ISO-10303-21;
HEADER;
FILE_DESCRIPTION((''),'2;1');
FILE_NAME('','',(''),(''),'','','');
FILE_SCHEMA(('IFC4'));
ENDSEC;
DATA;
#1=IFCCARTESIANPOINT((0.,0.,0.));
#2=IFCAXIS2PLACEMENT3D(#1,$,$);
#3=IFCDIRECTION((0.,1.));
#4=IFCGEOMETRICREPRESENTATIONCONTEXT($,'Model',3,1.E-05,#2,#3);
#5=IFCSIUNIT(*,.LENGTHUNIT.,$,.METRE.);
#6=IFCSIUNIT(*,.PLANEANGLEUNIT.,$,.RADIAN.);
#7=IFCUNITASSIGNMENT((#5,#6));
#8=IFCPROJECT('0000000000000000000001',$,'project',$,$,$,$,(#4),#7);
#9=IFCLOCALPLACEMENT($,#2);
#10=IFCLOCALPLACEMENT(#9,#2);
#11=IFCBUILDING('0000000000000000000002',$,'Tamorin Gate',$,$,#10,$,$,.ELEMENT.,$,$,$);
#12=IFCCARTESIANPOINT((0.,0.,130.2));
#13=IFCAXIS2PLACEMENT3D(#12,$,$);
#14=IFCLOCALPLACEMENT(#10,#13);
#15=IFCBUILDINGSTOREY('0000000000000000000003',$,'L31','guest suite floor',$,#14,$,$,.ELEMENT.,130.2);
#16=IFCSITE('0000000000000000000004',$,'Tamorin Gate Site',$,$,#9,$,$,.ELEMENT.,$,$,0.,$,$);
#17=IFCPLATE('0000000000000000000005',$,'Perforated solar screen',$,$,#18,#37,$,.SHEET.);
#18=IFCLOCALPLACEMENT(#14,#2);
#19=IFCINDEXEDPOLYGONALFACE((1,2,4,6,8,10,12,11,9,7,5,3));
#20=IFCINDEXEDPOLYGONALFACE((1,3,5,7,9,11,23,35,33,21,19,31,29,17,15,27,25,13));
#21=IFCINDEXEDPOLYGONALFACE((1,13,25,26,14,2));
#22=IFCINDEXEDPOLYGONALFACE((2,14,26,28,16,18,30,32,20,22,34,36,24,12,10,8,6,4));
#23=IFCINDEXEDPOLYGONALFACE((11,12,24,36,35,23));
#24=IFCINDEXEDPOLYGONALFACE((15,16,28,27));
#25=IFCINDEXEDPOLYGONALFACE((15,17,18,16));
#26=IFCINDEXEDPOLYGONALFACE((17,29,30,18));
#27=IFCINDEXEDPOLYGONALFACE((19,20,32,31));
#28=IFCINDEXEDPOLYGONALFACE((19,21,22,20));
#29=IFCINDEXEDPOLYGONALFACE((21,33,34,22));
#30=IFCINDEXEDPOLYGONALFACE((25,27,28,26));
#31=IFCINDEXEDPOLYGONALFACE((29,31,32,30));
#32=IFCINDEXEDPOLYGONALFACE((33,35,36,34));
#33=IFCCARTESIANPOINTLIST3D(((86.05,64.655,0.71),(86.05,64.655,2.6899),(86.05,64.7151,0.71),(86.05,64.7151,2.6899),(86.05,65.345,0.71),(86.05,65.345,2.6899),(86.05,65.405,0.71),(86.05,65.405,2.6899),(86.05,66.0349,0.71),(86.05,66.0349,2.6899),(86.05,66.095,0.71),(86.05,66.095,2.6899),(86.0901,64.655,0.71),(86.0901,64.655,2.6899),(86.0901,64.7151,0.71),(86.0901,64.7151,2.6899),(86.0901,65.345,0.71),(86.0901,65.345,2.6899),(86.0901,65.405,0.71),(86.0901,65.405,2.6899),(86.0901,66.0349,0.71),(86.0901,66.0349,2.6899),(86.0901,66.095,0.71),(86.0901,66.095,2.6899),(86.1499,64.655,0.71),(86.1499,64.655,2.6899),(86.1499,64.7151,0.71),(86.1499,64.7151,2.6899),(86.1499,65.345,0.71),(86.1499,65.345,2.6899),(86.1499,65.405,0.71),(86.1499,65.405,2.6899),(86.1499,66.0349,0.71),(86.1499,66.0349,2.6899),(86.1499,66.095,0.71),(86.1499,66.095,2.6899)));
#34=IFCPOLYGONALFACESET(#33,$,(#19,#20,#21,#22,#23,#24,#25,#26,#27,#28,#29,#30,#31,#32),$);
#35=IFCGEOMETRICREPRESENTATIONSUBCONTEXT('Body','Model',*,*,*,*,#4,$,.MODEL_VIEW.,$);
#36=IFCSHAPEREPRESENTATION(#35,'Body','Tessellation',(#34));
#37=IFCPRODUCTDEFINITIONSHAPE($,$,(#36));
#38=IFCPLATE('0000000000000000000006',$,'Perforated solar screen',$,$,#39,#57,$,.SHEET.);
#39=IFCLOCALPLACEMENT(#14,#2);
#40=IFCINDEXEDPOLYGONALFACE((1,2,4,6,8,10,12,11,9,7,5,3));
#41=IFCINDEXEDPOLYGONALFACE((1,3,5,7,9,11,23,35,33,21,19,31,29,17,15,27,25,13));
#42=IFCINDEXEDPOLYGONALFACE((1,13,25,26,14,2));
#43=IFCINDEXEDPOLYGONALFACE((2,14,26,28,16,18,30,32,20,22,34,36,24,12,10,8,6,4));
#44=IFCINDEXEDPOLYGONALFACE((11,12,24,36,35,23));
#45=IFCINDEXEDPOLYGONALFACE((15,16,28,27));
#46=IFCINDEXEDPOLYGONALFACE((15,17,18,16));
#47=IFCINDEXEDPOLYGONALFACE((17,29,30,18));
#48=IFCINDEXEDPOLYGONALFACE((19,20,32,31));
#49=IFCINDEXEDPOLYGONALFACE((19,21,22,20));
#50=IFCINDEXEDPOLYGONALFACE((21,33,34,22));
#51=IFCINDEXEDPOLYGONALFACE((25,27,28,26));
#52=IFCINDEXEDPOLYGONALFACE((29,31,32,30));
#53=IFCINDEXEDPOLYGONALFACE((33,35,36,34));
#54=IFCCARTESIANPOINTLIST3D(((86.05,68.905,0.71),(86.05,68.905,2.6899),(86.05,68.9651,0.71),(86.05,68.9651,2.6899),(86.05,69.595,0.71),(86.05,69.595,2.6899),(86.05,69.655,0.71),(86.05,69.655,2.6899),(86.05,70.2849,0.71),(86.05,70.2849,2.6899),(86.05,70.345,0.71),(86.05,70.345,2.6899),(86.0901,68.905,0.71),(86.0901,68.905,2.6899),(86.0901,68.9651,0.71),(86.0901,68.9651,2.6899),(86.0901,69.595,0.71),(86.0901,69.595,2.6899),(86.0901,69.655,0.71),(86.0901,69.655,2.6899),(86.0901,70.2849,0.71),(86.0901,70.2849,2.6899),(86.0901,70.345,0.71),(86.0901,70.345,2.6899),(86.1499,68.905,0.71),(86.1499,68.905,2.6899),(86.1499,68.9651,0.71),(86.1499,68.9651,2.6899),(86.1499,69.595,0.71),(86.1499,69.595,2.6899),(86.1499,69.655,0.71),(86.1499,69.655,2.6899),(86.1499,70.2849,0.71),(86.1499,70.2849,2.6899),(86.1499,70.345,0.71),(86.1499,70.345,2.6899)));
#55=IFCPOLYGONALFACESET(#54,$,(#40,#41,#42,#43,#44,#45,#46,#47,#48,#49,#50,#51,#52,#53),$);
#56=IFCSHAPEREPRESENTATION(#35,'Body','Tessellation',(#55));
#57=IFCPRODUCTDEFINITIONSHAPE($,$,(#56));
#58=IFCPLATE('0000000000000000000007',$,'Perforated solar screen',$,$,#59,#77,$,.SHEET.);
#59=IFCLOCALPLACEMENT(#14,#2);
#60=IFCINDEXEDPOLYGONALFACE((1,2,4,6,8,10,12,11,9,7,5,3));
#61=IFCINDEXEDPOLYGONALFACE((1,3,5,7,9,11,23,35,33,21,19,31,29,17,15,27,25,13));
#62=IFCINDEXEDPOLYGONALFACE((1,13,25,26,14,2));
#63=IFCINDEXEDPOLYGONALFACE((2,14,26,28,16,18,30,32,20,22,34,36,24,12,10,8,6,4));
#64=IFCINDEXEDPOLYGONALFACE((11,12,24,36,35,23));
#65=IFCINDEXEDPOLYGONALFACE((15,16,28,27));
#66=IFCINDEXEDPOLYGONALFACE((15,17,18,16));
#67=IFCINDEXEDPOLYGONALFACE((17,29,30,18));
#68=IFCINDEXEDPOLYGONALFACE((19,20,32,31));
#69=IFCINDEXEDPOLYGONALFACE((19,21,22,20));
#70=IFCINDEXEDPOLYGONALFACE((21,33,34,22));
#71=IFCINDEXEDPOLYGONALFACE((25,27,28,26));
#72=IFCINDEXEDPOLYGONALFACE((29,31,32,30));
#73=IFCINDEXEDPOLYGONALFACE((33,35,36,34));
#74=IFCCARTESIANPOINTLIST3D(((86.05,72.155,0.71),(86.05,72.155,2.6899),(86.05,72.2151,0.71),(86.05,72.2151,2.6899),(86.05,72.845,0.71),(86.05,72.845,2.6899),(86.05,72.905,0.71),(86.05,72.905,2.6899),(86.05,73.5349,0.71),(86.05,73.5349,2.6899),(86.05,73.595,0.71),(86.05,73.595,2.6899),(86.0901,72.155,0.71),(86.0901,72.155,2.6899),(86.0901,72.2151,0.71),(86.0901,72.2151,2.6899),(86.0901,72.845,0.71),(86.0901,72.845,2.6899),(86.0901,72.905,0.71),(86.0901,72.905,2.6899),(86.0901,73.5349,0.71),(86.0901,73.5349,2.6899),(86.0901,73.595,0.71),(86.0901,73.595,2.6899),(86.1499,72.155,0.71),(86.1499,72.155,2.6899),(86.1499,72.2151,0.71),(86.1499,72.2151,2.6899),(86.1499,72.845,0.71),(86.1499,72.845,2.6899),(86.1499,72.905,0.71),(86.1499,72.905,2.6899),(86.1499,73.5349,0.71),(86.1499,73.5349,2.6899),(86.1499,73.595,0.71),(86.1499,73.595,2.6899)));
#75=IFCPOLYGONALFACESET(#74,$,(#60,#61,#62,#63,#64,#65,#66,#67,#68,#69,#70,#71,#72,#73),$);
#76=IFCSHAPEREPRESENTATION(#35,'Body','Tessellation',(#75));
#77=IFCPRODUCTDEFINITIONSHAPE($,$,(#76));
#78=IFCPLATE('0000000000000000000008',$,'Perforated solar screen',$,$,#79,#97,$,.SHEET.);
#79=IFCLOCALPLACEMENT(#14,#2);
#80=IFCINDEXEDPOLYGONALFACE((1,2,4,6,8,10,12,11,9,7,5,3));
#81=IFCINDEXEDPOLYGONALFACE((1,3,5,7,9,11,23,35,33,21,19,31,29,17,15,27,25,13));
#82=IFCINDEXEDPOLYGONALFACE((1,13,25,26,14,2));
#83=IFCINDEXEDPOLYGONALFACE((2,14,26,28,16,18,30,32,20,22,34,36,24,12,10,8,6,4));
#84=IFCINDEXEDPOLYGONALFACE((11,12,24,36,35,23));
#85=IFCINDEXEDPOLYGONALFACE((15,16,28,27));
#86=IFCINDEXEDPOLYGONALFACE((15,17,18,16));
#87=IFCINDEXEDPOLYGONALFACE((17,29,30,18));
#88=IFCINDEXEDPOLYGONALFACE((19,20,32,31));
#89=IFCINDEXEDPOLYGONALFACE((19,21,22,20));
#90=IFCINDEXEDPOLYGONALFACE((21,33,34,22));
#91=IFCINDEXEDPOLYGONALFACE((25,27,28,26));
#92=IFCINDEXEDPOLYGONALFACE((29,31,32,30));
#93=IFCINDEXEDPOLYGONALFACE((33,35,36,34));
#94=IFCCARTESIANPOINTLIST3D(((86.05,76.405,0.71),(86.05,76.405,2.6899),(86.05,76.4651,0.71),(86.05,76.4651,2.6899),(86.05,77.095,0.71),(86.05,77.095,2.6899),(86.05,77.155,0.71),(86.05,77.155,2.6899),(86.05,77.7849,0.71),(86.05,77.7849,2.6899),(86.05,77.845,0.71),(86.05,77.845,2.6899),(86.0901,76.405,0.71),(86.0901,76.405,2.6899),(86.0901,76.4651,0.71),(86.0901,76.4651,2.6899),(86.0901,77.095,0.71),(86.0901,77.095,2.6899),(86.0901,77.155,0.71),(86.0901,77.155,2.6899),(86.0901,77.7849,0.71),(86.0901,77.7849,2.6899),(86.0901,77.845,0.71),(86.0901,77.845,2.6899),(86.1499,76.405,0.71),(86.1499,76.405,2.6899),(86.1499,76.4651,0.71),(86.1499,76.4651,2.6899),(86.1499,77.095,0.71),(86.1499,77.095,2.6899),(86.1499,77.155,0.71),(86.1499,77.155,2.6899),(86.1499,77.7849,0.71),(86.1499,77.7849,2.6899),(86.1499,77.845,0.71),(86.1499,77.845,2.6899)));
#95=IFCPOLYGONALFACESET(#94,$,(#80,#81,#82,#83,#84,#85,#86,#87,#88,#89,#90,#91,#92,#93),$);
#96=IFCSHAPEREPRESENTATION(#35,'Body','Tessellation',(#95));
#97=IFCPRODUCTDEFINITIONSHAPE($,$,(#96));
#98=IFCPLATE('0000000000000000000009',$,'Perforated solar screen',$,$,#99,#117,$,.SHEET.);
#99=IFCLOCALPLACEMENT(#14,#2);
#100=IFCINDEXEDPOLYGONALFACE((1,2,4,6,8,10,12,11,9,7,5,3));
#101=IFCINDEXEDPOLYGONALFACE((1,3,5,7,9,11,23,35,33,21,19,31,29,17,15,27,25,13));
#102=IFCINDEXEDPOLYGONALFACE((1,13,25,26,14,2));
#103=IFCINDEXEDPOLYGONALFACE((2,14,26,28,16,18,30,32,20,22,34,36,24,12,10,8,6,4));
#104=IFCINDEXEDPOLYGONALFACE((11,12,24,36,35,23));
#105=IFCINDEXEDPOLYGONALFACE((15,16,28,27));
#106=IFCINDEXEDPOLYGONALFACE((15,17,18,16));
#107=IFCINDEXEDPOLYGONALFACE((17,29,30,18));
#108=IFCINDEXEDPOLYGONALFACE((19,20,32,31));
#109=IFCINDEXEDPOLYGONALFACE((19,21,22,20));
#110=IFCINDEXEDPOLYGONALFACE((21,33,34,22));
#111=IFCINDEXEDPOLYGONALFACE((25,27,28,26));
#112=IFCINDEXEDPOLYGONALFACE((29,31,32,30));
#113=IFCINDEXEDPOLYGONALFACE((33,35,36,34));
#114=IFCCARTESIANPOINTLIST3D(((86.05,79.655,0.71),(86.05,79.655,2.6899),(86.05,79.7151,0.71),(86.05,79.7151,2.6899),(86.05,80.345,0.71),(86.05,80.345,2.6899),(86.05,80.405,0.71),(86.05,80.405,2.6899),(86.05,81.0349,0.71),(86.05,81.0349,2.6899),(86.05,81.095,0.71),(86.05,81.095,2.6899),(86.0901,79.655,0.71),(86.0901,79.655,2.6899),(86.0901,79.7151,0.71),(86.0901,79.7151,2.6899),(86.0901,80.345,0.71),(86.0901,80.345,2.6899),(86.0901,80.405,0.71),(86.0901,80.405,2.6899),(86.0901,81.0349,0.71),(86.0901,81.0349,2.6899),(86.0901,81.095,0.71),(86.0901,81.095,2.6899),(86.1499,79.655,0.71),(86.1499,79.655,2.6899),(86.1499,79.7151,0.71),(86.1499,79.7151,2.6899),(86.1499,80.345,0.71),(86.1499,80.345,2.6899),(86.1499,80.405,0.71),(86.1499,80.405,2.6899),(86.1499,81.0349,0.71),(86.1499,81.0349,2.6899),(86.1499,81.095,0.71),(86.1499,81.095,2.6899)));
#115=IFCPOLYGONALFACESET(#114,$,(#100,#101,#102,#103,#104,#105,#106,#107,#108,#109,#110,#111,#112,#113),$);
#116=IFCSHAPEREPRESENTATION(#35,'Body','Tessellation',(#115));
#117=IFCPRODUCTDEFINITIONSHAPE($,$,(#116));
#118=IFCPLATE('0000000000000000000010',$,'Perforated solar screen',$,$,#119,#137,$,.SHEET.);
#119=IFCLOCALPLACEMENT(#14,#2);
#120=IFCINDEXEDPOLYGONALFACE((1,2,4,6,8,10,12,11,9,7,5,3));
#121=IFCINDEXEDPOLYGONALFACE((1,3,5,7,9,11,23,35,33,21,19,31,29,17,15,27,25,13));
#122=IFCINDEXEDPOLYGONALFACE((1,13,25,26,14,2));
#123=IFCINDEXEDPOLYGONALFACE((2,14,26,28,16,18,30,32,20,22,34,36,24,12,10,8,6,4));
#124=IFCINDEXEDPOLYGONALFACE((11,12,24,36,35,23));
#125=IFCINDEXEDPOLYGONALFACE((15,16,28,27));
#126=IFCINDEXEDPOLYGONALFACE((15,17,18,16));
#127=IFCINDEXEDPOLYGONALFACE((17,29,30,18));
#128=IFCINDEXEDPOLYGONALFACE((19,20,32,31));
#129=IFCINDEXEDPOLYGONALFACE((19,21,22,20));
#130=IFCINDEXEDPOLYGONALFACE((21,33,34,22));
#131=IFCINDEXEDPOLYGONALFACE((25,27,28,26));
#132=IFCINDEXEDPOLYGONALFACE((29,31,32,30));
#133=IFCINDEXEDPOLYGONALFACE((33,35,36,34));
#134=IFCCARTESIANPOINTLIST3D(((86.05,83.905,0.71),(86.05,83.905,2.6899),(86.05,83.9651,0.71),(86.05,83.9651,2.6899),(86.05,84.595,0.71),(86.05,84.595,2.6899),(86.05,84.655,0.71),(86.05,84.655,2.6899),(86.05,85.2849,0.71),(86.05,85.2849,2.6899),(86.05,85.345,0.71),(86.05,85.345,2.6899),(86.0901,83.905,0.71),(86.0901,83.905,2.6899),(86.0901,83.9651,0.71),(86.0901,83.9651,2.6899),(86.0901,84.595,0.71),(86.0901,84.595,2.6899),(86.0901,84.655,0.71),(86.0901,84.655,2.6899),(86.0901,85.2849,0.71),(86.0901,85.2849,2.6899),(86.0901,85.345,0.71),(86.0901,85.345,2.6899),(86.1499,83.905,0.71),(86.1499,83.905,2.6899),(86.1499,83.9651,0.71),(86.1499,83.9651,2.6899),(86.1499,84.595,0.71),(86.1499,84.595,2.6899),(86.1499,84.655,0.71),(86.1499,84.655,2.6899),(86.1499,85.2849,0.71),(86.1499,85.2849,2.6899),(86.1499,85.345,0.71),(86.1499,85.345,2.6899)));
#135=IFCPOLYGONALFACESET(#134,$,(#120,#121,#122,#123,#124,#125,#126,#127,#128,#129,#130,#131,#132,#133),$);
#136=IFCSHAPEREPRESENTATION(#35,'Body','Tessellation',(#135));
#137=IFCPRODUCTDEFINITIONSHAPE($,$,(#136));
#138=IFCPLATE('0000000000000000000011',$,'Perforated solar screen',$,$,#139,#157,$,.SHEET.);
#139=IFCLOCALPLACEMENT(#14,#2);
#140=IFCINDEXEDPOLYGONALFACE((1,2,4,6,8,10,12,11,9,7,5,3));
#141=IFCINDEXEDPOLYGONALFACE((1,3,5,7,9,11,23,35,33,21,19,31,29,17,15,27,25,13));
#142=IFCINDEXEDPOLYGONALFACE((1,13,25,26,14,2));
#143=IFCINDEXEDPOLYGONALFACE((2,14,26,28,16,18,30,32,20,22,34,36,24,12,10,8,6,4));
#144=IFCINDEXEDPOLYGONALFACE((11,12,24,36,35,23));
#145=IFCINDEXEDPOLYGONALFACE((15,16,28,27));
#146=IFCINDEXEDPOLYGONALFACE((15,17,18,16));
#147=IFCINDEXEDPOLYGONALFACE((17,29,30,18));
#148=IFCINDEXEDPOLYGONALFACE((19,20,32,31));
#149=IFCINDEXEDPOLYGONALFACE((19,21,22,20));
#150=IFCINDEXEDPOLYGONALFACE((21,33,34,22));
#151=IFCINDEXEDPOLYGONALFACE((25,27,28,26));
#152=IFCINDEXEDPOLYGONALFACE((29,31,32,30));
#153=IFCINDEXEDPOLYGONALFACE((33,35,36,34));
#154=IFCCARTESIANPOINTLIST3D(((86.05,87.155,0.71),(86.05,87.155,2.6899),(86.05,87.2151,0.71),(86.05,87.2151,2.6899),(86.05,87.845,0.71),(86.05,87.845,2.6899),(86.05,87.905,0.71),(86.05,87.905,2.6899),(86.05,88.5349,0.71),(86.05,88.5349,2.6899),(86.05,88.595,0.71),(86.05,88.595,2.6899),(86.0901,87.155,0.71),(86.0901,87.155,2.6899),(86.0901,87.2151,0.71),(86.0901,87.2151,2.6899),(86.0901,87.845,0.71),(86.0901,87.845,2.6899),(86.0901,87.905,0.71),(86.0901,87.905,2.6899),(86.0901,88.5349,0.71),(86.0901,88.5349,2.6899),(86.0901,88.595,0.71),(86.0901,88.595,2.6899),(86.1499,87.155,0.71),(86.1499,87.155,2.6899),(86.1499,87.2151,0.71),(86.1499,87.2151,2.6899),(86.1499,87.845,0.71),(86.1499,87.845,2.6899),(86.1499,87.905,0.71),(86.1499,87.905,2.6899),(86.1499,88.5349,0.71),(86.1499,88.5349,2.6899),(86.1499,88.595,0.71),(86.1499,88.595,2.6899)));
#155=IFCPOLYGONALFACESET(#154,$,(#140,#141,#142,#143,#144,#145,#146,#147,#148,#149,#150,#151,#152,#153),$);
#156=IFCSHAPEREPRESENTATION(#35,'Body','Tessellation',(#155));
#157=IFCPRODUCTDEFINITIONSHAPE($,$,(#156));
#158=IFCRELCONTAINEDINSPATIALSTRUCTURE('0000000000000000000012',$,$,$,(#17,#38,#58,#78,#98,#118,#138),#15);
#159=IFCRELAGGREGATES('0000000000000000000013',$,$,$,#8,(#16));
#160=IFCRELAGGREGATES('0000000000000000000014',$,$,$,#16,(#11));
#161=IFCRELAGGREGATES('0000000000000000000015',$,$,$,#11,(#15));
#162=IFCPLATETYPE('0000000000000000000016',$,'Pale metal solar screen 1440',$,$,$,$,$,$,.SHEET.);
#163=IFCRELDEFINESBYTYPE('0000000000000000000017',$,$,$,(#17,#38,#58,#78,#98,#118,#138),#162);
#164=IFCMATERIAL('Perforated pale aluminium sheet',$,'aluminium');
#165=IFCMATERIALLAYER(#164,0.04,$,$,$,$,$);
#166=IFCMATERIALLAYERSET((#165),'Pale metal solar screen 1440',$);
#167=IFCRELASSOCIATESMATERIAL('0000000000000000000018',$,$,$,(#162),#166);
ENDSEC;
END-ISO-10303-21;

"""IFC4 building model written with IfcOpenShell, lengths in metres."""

from ifc_helpers import new_model, si_unit, direction, frame, origin, place, context, subcontext, project, spatial, polyline, outline, extrude, material, layer, layer_set, type_object, element, save


model = new_model("IFC4")

# Units and contexts
model_context = context("Model", 3, precision=1e-05, world=origin(), true_north=direction((0.0, 1.0)))
body_context = subcontext(model_context, "Body", "Model", "MODEL_VIEW")
ifc_project = project(units=[si_unit("LENGTHUNIT", "METRE"), si_unit("PLANEANGLEUNIT", "RADIAN")], contexts=[model_context])

# Site, building, storey
site_placement = place(None, origin())
site = spatial("IfcSite", under=ifc_project, at=site_placement, Name="Tamorin Gate Site", CompositionType="ELEMENT", RefElevation=0.0)
building_placement = place(site_placement, origin())
building = spatial("IfcBuilding", under=site, at=building_placement, Name="Tamorin Gate", CompositionType="ELEMENT")
storey_placement = place(building_placement, frame((0.0, 0.0, 130.2)))
storey = spatial("IfcBuildingStorey", under=building, at=storey_placement, Name="L31", Description="guest suite floor", CompositionType="ELEMENT", Elevation=130.2)

# Plates
ifc_material_1 = material(Name="Perforated pale aluminium sheet", Category="aluminium")
ifc_layer_1 = layer(ifc_material_1, 0.04)
ifc_layer_set_1 = layer_set([ifc_layer_1], Name="Pale metal solar screen 1440")
plate_type_1 = type_object("IfcPlateType", Name="Pale metal solar screen 1440", PredefinedType="SHEET", material=ifc_layer_set_1)
plate_1_placement = place(storey_placement, frame((0.0, 0.0, 0.71)))
element("IfcPlate", 1, at=plate_1_placement, inside=storey, type_object=plate_type_1, Name="Perforated solar screen", PredefinedType="SHEET", context=body_context, shape_type="SweptSolid", body=[
    extrude(outline(polyline([(86.0901, 64.655), (86.05, 64.655), (86.05, 64.7151), (86.05, 65.345), (86.05, 65.405), (86.05, 66.0349), (86.05, 66.095), (86.0901, 66.095), (86.1499, 66.095), (86.1499, 66.0349), (86.0901, 66.0349), (86.0901, 65.405), (86.1499, 65.405), (86.1499, 65.345), (86.0901, 65.345), (86.0901, 64.7151), (86.1499, 64.7151), (86.1499, 64.655), (86.0901, 64.655)])), origin(), (0.0, 0.0, 1.0), 1.98),
])
plate_2_placement = place(storey_placement, frame((0.0, 0.0, 0.71)))
element("IfcPlate", 2, at=plate_2_placement, inside=storey, type_object=plate_type_1, Name="Perforated solar screen", PredefinedType="SHEET", context=body_context, shape_type="SweptSolid", body=[
    extrude(outline(polyline([(86.0901, 68.905), (86.05, 68.905), (86.05, 68.9651), (86.05, 69.595), (86.05, 69.655), (86.05, 70.2849), (86.05, 70.345), (86.0901, 70.345), (86.1499, 70.345), (86.1499, 70.2849), (86.0901, 70.2849), (86.0901, 69.655), (86.1499, 69.655), (86.1499, 69.595), (86.0901, 69.595), (86.0901, 68.9651), (86.1499, 68.9651), (86.1499, 68.905), (86.0901, 68.905)])), origin(), (0.0, 0.0, 1.0), 1.98),
])
plate_3_placement = place(storey_placement, frame((0.0, 0.0, 0.71)))
element("IfcPlate", 3, at=plate_3_placement, inside=storey, type_object=plate_type_1, Name="Perforated solar screen", PredefinedType="SHEET", context=body_context, shape_type="SweptSolid", body=[
    extrude(outline(polyline([(86.0901, 72.155), (86.05, 72.155), (86.05, 72.2151), (86.05, 72.845), (86.05, 72.905), (86.05, 73.5349), (86.05, 73.595), (86.0901, 73.595), (86.1499, 73.595), (86.1499, 73.5349), (86.0901, 73.5349), (86.0901, 72.905), (86.1499, 72.905), (86.1499, 72.845), (86.0901, 72.845), (86.0901, 72.2151), (86.1499, 72.2151), (86.1499, 72.155), (86.0901, 72.155)])), origin(), (0.0, 0.0, 1.0), 1.98),
])
plate_4_placement = place(storey_placement, frame((0.0, 0.0, 0.71)))
element("IfcPlate", 4, at=plate_4_placement, inside=storey, type_object=plate_type_1, Name="Perforated solar screen", PredefinedType="SHEET", context=body_context, shape_type="SweptSolid", body=[
    extrude(outline(polyline([(86.0901, 76.405), (86.05, 76.405), (86.05, 76.4651), (86.05, 77.095), (86.05, 77.155), (86.05, 77.7849), (86.05, 77.845), (86.0901, 77.845), (86.1499, 77.845), (86.1499, 77.7849), (86.0901, 77.7849), (86.0901, 77.155), (86.1499, 77.155), (86.1499, 77.095), (86.0901, 77.095), (86.0901, 76.4651), (86.1499, 76.4651), (86.1499, 76.405), (86.0901, 76.405)])), origin(), (0.0, 0.0, 1.0), 1.98),
])
plate_5_placement = place(storey_placement, frame((0.0, 0.0, 0.71)))
element("IfcPlate", 5, at=plate_5_placement, inside=storey, type_object=plate_type_1, Name="Perforated solar screen", PredefinedType="SHEET", context=body_context, shape_type="SweptSolid", body=[
    extrude(outline(polyline([(86.0901, 79.655), (86.05, 79.655), (86.05, 79.7151), (86.05, 80.345), (86.05, 80.405), (86.05, 81.0349), (86.05, 81.095), (86.0901, 81.095), (86.1499, 81.095), (86.1499, 81.0349), (86.0901, 81.0349), (86.0901, 80.405), (86.1499, 80.405), (86.1499, 80.345), (86.0901, 80.345), (86.0901, 79.7151), (86.1499, 79.7151), (86.1499, 79.655), (86.0901, 79.655)])), origin(), (0.0, 0.0, 1.0), 1.98),
])
plate_6_placement = place(storey_placement, frame((0.0, 0.0, 0.71)))
element("IfcPlate", 6, at=plate_6_placement, inside=storey, type_object=plate_type_1, Name="Perforated solar screen", PredefinedType="SHEET", context=body_context, shape_type="SweptSolid", body=[
    extrude(outline(polyline([(86.0901, 83.905), (86.05, 83.905), (86.05, 83.9651), (86.05, 84.595), (86.05, 84.655), (86.05, 85.2849), (86.05, 85.345), (86.0901, 85.345), (86.1499, 85.345), (86.1499, 85.2849), (86.0901, 85.2849), (86.0901, 84.655), (86.1499, 84.655), (86.1499, 84.595), (86.0901, 84.595), (86.0901, 83.9651), (86.1499, 83.9651), (86.1499, 83.905), (86.0901, 83.905)])), origin(), (0.0, 0.0, 1.0), 1.98),
])
plate_7_placement = place(storey_placement, frame((0.0, 0.0, 0.71)))
element("IfcPlate", 7, at=plate_7_placement, inside=storey, type_object=plate_type_1, Name="Perforated solar screen", PredefinedType="SHEET", context=body_context, shape_type="SweptSolid", body=[
    extrude(outline(polyline([(86.0901, 87.155), (86.05, 87.155), (86.05, 87.2151), (86.05, 87.845), (86.05, 87.905), (86.05, 88.5349), (86.05, 88.595), (86.0901, 88.595), (86.1499, 88.595), (86.1499, 88.5349), (86.0901, 88.5349), (86.0901, 87.905), (86.1499, 87.905), (86.1499, 87.845), (86.0901, 87.845), (86.0901, 87.2151), (86.1499, 87.2151), (86.1499, 87.155), (86.0901, 87.155)])), origin(), (0.0, 0.0, 1.0), 1.98),
])

save(model, "model.ifc")
